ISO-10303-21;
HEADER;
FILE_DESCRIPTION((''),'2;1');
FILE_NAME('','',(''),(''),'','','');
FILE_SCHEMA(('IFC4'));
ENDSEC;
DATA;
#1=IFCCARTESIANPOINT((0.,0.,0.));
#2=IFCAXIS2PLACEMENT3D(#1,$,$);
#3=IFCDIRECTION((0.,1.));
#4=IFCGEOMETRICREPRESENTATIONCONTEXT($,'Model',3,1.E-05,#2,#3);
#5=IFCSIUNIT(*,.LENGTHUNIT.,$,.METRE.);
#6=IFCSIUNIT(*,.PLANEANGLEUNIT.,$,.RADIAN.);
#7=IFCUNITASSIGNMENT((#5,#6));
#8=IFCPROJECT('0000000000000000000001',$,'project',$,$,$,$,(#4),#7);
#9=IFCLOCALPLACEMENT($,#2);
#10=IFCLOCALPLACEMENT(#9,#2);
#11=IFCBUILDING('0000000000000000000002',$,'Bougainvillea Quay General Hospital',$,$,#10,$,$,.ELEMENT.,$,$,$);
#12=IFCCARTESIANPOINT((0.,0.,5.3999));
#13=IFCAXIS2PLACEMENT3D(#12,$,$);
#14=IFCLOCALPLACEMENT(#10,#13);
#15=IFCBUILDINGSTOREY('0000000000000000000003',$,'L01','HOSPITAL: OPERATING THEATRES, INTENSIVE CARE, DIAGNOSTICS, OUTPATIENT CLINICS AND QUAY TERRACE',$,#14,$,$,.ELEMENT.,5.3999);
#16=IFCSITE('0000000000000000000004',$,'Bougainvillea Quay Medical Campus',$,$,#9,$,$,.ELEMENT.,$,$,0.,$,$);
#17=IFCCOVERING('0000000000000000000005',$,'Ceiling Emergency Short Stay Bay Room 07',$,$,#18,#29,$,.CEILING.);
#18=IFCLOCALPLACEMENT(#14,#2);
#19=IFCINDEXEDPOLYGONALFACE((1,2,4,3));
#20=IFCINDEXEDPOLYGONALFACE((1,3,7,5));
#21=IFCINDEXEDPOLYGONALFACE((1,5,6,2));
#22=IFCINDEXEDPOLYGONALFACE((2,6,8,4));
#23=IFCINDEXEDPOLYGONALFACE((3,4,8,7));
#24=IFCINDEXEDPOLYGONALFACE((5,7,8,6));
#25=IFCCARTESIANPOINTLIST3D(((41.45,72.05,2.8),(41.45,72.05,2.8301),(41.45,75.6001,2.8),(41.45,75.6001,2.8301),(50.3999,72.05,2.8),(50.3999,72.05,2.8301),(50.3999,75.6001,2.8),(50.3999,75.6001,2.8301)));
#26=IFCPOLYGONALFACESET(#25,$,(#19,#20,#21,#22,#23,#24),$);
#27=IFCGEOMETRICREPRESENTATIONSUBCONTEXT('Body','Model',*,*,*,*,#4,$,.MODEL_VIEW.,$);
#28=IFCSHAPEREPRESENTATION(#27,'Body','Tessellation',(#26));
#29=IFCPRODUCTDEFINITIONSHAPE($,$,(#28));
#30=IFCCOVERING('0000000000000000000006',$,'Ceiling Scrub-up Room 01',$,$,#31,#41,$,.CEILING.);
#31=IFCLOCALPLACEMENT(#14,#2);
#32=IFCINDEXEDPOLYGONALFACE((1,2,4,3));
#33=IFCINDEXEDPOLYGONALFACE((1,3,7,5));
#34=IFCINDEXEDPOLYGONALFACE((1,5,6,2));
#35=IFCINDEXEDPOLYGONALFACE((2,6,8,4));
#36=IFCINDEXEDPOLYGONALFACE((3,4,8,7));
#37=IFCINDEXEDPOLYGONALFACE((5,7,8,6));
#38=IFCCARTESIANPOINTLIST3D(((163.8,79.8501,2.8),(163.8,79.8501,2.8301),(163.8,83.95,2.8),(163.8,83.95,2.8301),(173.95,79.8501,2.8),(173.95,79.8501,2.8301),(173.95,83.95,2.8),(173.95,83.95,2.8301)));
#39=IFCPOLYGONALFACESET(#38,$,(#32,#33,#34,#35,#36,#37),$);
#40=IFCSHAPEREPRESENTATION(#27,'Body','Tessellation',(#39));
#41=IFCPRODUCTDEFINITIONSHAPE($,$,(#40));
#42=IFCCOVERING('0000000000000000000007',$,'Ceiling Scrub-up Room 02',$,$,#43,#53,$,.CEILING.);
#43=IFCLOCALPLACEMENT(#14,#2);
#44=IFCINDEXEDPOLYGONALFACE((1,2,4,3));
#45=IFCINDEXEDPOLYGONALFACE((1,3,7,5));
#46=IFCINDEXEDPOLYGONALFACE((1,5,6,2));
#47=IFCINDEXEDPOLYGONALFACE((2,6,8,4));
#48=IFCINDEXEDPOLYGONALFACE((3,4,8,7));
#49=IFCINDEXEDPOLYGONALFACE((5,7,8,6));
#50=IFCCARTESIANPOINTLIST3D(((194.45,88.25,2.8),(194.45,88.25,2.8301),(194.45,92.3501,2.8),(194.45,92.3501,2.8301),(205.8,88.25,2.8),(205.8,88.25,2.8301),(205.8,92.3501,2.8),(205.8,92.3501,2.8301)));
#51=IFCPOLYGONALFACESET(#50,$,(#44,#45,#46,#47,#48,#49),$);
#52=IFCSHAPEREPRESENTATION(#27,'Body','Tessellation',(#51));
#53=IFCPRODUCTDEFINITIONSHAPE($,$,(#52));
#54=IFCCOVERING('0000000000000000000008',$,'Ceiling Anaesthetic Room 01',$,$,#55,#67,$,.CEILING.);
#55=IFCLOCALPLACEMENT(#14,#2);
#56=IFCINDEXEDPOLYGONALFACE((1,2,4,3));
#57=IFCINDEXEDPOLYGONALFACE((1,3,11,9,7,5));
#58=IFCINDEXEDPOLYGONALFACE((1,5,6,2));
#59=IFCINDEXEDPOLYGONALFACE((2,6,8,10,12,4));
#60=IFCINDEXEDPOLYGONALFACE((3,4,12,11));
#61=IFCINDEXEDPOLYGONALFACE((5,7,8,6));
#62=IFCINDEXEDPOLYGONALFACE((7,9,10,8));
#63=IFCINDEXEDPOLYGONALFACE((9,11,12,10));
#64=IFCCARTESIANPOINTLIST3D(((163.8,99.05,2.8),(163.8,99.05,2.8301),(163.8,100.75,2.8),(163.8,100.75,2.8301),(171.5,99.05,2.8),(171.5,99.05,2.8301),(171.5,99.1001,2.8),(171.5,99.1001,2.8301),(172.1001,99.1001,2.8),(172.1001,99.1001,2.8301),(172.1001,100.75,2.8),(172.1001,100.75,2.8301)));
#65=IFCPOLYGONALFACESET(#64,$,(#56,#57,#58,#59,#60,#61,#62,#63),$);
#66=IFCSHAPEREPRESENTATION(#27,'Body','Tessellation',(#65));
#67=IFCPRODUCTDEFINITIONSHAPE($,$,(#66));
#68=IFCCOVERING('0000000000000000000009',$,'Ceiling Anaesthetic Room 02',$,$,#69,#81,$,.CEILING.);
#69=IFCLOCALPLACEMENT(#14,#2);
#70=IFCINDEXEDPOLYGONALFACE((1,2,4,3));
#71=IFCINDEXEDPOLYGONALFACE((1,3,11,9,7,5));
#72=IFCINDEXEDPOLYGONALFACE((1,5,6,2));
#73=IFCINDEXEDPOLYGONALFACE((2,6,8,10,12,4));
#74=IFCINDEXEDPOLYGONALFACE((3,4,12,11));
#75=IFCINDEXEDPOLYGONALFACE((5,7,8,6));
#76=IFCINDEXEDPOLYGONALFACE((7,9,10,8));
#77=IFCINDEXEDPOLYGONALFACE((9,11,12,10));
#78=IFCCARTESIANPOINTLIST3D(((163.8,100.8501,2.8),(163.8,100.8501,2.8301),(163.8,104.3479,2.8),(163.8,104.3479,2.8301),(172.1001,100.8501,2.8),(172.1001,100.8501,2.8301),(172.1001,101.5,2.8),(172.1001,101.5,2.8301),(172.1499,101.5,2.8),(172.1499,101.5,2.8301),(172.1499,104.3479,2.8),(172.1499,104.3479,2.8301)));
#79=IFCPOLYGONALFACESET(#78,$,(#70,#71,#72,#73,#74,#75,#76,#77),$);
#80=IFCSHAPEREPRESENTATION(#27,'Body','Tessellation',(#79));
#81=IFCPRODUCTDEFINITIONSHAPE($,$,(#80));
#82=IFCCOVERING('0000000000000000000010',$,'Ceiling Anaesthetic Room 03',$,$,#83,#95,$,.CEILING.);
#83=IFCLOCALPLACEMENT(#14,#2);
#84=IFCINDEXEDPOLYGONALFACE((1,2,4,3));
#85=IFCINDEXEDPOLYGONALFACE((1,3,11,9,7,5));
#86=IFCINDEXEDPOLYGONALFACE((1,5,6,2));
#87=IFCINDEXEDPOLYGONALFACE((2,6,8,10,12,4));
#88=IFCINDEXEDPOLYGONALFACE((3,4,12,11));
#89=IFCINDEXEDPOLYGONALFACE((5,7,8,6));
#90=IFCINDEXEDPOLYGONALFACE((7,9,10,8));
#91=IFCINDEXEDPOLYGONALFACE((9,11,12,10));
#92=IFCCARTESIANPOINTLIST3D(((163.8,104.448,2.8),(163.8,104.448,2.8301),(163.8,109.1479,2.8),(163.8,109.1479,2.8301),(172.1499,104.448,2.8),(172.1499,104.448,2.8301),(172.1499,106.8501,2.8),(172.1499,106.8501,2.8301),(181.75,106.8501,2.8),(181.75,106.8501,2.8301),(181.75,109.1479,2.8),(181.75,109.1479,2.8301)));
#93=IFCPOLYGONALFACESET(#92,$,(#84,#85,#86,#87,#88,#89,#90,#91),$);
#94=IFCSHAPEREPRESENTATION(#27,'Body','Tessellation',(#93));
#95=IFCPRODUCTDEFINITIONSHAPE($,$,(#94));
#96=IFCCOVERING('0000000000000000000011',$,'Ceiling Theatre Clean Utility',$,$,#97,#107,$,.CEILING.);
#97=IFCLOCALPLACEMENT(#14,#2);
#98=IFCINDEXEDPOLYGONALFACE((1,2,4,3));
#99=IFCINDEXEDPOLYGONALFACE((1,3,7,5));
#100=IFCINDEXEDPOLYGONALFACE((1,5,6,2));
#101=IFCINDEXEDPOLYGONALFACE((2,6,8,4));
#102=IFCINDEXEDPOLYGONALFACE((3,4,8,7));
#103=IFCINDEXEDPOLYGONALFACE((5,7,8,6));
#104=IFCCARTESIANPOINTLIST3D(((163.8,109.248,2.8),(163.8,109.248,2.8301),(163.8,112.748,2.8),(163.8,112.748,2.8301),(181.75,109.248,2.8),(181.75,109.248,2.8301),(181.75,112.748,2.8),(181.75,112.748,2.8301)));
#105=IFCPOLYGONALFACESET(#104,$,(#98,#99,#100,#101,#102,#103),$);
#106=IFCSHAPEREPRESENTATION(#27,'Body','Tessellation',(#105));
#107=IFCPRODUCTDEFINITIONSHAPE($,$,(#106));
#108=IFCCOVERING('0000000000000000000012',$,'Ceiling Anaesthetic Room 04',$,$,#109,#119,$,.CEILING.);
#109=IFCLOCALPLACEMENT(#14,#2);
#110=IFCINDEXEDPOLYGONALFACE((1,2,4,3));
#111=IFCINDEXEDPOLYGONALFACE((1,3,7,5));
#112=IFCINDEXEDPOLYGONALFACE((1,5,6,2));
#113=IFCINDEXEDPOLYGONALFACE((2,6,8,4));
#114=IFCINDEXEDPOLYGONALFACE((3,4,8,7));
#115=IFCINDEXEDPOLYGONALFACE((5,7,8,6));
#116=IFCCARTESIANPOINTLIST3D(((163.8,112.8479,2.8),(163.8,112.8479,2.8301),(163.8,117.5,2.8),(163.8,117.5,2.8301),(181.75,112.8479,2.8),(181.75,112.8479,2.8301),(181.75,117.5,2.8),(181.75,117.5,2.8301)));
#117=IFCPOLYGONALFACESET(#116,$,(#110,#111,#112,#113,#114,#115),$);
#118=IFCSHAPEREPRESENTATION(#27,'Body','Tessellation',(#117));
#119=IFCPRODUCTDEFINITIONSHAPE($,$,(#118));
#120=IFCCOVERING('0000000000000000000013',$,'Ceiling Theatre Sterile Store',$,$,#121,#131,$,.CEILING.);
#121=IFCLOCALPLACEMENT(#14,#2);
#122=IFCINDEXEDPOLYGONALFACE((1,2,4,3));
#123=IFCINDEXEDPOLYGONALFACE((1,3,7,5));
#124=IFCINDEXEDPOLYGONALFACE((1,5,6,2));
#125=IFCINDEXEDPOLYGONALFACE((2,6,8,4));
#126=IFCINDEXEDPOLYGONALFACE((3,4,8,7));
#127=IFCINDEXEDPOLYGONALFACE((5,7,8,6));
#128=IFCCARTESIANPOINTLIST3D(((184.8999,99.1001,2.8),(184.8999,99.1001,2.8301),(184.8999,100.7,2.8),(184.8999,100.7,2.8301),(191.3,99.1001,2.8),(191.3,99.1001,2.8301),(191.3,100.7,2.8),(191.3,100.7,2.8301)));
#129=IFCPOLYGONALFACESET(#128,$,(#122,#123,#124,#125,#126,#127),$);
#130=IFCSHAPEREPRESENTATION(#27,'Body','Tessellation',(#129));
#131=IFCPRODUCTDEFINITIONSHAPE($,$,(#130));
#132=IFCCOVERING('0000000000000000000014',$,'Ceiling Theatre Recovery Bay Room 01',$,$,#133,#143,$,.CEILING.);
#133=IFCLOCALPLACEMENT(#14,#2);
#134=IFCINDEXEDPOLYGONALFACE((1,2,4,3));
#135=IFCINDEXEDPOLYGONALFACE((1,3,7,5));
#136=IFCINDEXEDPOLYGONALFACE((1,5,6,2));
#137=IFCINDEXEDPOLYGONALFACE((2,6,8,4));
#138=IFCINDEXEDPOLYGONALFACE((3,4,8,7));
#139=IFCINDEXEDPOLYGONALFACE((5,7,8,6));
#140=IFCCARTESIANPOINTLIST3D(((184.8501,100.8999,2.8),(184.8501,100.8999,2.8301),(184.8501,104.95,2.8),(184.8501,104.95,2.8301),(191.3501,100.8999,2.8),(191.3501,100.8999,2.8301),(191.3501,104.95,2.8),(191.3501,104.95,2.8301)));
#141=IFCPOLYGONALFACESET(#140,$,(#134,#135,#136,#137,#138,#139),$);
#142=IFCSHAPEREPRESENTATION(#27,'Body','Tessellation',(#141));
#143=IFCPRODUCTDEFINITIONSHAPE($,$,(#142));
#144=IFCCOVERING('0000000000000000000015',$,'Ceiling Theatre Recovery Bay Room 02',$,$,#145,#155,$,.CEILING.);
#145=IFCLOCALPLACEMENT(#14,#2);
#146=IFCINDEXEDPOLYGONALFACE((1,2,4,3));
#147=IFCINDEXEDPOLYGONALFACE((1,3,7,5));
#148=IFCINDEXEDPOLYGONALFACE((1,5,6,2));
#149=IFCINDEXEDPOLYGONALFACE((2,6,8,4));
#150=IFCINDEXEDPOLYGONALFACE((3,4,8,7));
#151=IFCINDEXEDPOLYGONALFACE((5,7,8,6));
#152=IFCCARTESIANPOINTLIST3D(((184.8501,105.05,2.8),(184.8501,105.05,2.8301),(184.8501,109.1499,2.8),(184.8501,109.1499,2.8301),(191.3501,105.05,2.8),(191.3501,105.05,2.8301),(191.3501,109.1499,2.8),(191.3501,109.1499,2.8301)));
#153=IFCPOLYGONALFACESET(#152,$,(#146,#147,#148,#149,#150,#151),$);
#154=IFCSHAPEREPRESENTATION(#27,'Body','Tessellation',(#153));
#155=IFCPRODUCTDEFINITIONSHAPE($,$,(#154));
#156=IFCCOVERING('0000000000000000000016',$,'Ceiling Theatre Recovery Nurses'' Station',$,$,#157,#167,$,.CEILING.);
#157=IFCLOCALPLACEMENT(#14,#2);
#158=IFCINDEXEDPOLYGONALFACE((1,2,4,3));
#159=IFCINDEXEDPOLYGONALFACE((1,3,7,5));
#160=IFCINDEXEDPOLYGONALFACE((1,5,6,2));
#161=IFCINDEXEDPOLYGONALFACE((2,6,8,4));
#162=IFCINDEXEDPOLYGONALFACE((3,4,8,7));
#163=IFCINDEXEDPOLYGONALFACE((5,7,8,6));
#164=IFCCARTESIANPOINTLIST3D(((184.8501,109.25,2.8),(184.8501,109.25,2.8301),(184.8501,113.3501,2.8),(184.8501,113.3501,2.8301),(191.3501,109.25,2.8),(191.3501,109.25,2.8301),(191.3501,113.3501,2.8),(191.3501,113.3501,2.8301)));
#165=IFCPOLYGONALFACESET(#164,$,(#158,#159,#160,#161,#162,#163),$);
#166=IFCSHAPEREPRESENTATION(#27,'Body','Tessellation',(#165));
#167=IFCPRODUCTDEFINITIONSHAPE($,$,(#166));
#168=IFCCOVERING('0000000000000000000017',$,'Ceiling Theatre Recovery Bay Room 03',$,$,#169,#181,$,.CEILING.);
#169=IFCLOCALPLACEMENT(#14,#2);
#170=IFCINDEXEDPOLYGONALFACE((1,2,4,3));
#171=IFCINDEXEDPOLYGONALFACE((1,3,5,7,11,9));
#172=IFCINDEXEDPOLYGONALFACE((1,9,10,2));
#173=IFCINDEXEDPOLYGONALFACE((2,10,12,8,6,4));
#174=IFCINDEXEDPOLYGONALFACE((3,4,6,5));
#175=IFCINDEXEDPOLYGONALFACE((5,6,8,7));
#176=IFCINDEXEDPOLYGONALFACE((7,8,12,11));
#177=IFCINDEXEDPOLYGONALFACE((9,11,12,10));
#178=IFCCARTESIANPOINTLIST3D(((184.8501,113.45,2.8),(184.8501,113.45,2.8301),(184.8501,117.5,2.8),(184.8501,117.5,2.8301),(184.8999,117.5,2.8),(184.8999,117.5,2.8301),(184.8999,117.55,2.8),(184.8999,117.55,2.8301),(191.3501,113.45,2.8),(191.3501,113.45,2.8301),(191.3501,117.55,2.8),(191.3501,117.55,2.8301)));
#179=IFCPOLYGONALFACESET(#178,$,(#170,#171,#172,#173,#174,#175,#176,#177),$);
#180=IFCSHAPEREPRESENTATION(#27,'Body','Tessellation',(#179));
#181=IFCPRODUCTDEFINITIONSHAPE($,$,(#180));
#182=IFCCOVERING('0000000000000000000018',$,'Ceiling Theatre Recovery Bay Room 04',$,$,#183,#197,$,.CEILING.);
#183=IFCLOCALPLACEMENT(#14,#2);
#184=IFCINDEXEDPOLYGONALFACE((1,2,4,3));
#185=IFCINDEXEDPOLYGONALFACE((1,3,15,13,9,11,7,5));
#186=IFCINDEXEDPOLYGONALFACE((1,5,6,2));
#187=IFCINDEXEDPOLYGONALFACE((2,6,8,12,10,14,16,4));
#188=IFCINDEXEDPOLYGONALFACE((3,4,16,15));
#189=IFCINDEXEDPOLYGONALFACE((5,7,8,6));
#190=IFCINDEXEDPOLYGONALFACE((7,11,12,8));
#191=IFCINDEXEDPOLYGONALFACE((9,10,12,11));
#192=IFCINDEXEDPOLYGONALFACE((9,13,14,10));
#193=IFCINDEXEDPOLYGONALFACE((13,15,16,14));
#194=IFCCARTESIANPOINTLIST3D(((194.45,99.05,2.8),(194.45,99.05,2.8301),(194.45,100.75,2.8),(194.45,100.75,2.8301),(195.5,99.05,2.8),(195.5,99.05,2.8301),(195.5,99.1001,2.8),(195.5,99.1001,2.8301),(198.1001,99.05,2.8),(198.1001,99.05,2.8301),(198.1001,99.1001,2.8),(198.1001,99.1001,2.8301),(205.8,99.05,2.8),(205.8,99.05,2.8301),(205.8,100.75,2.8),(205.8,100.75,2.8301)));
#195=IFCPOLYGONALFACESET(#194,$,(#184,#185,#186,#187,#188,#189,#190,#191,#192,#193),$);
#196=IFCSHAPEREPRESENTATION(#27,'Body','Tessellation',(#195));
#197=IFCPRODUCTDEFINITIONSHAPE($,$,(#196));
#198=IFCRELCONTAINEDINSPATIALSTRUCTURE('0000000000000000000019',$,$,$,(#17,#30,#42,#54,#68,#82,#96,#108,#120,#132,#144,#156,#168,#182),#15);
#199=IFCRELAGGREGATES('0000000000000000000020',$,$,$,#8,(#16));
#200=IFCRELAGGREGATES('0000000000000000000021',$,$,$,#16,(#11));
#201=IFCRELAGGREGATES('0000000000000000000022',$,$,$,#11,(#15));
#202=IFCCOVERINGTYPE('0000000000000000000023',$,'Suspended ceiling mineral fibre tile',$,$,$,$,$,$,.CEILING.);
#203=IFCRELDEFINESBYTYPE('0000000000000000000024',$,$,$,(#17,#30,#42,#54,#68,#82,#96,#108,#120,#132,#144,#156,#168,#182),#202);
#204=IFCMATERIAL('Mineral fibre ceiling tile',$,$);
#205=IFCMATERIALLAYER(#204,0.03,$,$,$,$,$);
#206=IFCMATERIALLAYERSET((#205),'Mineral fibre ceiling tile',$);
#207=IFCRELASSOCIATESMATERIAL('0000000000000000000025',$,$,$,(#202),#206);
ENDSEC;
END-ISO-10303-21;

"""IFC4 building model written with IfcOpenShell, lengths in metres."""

from ifc_helpers import new_model, si_unit, direction, frame, origin, place, context, subcontext, project, spatial, polyline, outline, extrude, material, layer, layer_set, type_object, element, save


model = new_model("IFC4")

# Units and contexts
model_context = context("Model", 3, precision=1e-05, world=origin(), true_north=direction((0.0, 1.0)))
body_context = subcontext(model_context, "Body", "Model", "MODEL_VIEW")
ifc_project = project(units=[si_unit("LENGTHUNIT", "METRE"), si_unit("PLANEANGLEUNIT", "RADIAN")], contexts=[model_context])

# Site, building, storey
site_placement = place(None, origin())
site = spatial("IfcSite", under=ifc_project, at=site_placement, Name="Bougainvillea Quay Medical Campus", CompositionType="ELEMENT", RefElevation=0.0)
building_placement = place(site_placement, origin())
building = spatial("IfcBuilding", under=site, at=building_placement, Name="Bougainvillea Quay General Hospital", CompositionType="ELEMENT")
storey_placement = place(building_placement, frame((0.0, 0.0, 5.3999)))
storey = spatial("IfcBuildingStorey", under=building, at=storey_placement, Name="L01", Description="HOSPITAL: OPERATING THEATRES, INTENSIVE CARE, DIAGNOSTICS, OUTPATIENT CLINICS AND QUAY TERRACE", CompositionType="ELEMENT", Elevation=5.3999)

# Coverings
ifc_material = material(Name="Mineral fibre ceiling tile")
ifc_layer = layer(ifc_material, 0.03)
ifc_layer_set = layer_set([ifc_layer], Name="Mineral fibre ceiling tile")
covering_type = type_object("IfcCoveringType", Name="Suspended ceiling mineral fibre tile", PredefinedType="CEILING", material=ifc_layer_set)
covering_1_placement = place(storey_placement, frame((0.0, 0.0, 2.8)))
element("IfcCovering", 1, at=covering_1_placement, inside=storey, type_object=covering_type, Name="Ceiling Emergency Short Stay Bay Room 07", PredefinedType="CEILING", context=body_context, shape_type="SweptSolid", body=[
    extrude(outline(polyline([(41.45, 75.6001), (41.45, 72.05), (50.3999, 72.05), (50.3999, 75.6001), (41.45, 75.6001)])), origin(), (0.0, 0.0, 1.0), 0.03),
])
covering_2_placement = place(storey_placement, frame((0.0, 0.0, 2.8)))
element("IfcCovering", 2, at=covering_2_placement, inside=storey, type_object=covering_type, Name="Ceiling Scrub-up Room 01", PredefinedType="CEILING", context=body_context, shape_type="SweptSolid", body=[
    extrude(outline(polyline([(163.8, 79.8501), (173.95, 79.8501), (173.95, 83.95), (163.8, 83.95), (163.8, 79.8501)])), origin(), (0.0, 0.0, 1.0), 0.03),
])
covering_3_placement = place(storey_placement, frame((0.0, 0.0, 2.8)))
element("IfcCovering", 3, at=covering_3_placement, inside=storey, type_object=covering_type, Name="Ceiling Scrub-up Room 02", PredefinedType="CEILING", context=body_context, shape_type="SweptSolid", body=[
    extrude(outline(polyline([(205.8, 92.3501), (194.45, 92.3501), (194.45, 88.25), (205.8, 88.25), (205.8, 92.3501)])), origin(), (0.0, 0.0, 1.0), 0.03),
])
covering_4_placement = place(storey_placement, frame((0.0, 0.0, 2.8)))
element("IfcCovering", 4, at=covering_4_placement, inside=storey, type_object=covering_type, Name="Ceiling Anaesthetic Room 01", PredefinedType="CEILING", context=body_context, shape_type="SweptSolid", body=[
    extrude(outline(polyline([(163.8, 99.05), (171.5, 99.05), (171.5, 99.1001), (172.1001, 99.1001), (172.1001, 100.75), (163.8, 100.75), (163.8, 99.05)])), origin(), (0.0, 0.0, 1.0), 0.03),
])
covering_5_placement = place(storey_placement, frame((0.0, 0.0, 2.8)))
element("IfcCovering", 5, at=covering_5_placement, inside=storey, type_object=covering_type, Name="Ceiling Anaesthetic Room 02", PredefinedType="CEILING", context=body_context, shape_type="SweptSolid", body=[
    extrude(outline(polyline([(163.8, 100.8501), (172.1001, 100.8501), (172.1001, 101.5), (172.1499, 101.5), (172.1499, 104.3479), (163.8, 104.3479), (163.8, 100.8501)])), origin(), (0.0, 0.0, 1.0), 0.03),
])
covering_6_placement = place(storey_placement, frame((0.0, 0.0, 2.8)))
element("IfcCovering", 6, at=covering_6_placement, inside=storey, type_object=covering_type, Name="Ceiling Anaesthetic Room 03", PredefinedType="CEILING", context=body_context, shape_type="SweptSolid", body=[
    extrude(outline(polyline([(163.8, 104.448), (172.1499, 104.448), (172.1499, 106.8501), (181.75, 106.8501), (181.75, 109.1479), (163.8, 109.1479), (163.8, 104.448)])), origin(), (0.0, 0.0, 1.0), 0.03),
])
covering_7_placement = place(storey_placement, frame((0.0, 0.0, 2.8)))
element("IfcCovering", 7, at=covering_7_placement, inside=storey, type_object=covering_type, Name="Ceiling Theatre Clean Utility", PredefinedType="CEILING", context=body_context, shape_type="SweptSolid", body=[
    extrude(outline(polyline([(163.8, 109.248), (181.75, 109.248), (181.75, 112.748), (163.8, 112.748), (163.8, 109.248)])), origin(), (0.0, 0.0, 1.0), 0.03),
])
covering_8_placement = place(storey_placement, frame((0.0, 0.0, 2.8)))
element("IfcCovering", 8, at=covering_8_placement, inside=storey, type_object=covering_type, Name="Ceiling Anaesthetic Room 04", PredefinedType="CEILING", context=body_context, shape_type="SweptSolid", body=[
    extrude(outline(polyline([(163.8, 112.8479), (181.75, 112.8479), (181.75, 117.5), (163.8, 117.5), (163.8, 112.8479)])), origin(), (0.0, 0.0, 1.0), 0.03),
])
covering_9_placement = place(storey_placement, frame((0.0, 0.0, 2.8)))
element("IfcCovering", 9, at=covering_9_placement, inside=storey, type_object=covering_type, Name="Ceiling Theatre Sterile Store", PredefinedType="CEILING", context=body_context, shape_type="SweptSolid", body=[
    extrude(outline(polyline([(191.3, 100.7), (184.8999, 100.7), (184.8999, 99.1001), (191.3, 99.1001), (191.3, 100.7)])), origin(), (0.0, 0.0, 1.0), 0.03),
])
covering_10_placement = place(storey_placement, frame((0.0, 0.0, 2.8)))
element("IfcCovering", 10, at=covering_10_placement, inside=storey, type_object=covering_type, Name="Ceiling Theatre Recovery Bay Room 01", PredefinedType="CEILING", context=body_context, shape_type="SweptSolid", body=[
    extrude(outline(polyline([(184.8501, 100.8999), (191.3501, 100.8999), (191.3501, 104.95), (184.8501, 104.95), (184.8501, 100.8999)])), origin(), (0.0, 0.0, 1.0), 0.03),
])
covering_11_placement = place(storey_placement, frame((0.0, 0.0, 2.8)))
element("IfcCovering", 11, at=covering_11_placement, inside=storey, type_object=covering_type, Name="Ceiling Theatre Recovery Bay Room 02", PredefinedType="CEILING", context=body_context, shape_type="SweptSolid", body=[
    extrude(outline(polyline([(184.8501, 109.1499), (184.8501, 105.05), (191.3501, 105.05), (191.3501, 109.1499), (184.8501, 109.1499)])), origin(), (0.0, 0.0, 1.0), 0.03),
])
covering_12_placement = place(storey_placement, frame((0.0, 0.0, 2.8)))
element("IfcCovering", 12, at=covering_12_placement, inside=storey, type_object=covering_type, Name="Ceiling Theatre Recovery Nurses' Station", PredefinedType="CEILING", context=body_context, shape_type="SweptSolid", body=[
    extrude(outline(polyline([(184.8501, 113.3501), (184.8501, 109.25), (191.3501, 109.25), (191.3501, 113.3501), (184.8501, 113.3501)])), origin(), (0.0, 0.0, 1.0), 0.03),
])
covering_13_placement = place(storey_placement, frame((0.0, 0.0, 2.8)))
element("IfcCovering", 13, at=covering_13_placement, inside=storey, type_object=covering_type, Name="Ceiling Theatre Recovery Bay Room 03", PredefinedType="CEILING", context=body_context, shape_type="SweptSolid", body=[
    extrude(outline(polyline([(184.8501, 113.45), (191.3501, 113.45), (191.3501, 117.55), (184.8999, 117.55), (184.8999, 117.5), (184.8501, 117.5), (184.8501, 113.45)])), origin(), (0.0, 0.0, 1.0), 0.03),
])
covering_14_placement = place(storey_placement, frame((0.0, 0.0, 2.8)))
element("IfcCovering", 14, at=covering_14_placement, inside=storey, type_object=covering_type, Name="Ceiling Theatre Recovery Bay Room 04", PredefinedType="CEILING", context=body_context, shape_type="SweptSolid", body=[
    extrude(outline(polyline([(205.8, 100.75), (194.45, 100.75), (194.45, 99.05), (195.5, 99.05), (195.5, 99.1001), (198.1001, 99.1001), (198.1001, 99.05), (205.8, 99.05), (205.8, 100.75)])), origin(), (0.0, 0.0, 1.0), 0.03),
])

save(model, "model.ifc")
